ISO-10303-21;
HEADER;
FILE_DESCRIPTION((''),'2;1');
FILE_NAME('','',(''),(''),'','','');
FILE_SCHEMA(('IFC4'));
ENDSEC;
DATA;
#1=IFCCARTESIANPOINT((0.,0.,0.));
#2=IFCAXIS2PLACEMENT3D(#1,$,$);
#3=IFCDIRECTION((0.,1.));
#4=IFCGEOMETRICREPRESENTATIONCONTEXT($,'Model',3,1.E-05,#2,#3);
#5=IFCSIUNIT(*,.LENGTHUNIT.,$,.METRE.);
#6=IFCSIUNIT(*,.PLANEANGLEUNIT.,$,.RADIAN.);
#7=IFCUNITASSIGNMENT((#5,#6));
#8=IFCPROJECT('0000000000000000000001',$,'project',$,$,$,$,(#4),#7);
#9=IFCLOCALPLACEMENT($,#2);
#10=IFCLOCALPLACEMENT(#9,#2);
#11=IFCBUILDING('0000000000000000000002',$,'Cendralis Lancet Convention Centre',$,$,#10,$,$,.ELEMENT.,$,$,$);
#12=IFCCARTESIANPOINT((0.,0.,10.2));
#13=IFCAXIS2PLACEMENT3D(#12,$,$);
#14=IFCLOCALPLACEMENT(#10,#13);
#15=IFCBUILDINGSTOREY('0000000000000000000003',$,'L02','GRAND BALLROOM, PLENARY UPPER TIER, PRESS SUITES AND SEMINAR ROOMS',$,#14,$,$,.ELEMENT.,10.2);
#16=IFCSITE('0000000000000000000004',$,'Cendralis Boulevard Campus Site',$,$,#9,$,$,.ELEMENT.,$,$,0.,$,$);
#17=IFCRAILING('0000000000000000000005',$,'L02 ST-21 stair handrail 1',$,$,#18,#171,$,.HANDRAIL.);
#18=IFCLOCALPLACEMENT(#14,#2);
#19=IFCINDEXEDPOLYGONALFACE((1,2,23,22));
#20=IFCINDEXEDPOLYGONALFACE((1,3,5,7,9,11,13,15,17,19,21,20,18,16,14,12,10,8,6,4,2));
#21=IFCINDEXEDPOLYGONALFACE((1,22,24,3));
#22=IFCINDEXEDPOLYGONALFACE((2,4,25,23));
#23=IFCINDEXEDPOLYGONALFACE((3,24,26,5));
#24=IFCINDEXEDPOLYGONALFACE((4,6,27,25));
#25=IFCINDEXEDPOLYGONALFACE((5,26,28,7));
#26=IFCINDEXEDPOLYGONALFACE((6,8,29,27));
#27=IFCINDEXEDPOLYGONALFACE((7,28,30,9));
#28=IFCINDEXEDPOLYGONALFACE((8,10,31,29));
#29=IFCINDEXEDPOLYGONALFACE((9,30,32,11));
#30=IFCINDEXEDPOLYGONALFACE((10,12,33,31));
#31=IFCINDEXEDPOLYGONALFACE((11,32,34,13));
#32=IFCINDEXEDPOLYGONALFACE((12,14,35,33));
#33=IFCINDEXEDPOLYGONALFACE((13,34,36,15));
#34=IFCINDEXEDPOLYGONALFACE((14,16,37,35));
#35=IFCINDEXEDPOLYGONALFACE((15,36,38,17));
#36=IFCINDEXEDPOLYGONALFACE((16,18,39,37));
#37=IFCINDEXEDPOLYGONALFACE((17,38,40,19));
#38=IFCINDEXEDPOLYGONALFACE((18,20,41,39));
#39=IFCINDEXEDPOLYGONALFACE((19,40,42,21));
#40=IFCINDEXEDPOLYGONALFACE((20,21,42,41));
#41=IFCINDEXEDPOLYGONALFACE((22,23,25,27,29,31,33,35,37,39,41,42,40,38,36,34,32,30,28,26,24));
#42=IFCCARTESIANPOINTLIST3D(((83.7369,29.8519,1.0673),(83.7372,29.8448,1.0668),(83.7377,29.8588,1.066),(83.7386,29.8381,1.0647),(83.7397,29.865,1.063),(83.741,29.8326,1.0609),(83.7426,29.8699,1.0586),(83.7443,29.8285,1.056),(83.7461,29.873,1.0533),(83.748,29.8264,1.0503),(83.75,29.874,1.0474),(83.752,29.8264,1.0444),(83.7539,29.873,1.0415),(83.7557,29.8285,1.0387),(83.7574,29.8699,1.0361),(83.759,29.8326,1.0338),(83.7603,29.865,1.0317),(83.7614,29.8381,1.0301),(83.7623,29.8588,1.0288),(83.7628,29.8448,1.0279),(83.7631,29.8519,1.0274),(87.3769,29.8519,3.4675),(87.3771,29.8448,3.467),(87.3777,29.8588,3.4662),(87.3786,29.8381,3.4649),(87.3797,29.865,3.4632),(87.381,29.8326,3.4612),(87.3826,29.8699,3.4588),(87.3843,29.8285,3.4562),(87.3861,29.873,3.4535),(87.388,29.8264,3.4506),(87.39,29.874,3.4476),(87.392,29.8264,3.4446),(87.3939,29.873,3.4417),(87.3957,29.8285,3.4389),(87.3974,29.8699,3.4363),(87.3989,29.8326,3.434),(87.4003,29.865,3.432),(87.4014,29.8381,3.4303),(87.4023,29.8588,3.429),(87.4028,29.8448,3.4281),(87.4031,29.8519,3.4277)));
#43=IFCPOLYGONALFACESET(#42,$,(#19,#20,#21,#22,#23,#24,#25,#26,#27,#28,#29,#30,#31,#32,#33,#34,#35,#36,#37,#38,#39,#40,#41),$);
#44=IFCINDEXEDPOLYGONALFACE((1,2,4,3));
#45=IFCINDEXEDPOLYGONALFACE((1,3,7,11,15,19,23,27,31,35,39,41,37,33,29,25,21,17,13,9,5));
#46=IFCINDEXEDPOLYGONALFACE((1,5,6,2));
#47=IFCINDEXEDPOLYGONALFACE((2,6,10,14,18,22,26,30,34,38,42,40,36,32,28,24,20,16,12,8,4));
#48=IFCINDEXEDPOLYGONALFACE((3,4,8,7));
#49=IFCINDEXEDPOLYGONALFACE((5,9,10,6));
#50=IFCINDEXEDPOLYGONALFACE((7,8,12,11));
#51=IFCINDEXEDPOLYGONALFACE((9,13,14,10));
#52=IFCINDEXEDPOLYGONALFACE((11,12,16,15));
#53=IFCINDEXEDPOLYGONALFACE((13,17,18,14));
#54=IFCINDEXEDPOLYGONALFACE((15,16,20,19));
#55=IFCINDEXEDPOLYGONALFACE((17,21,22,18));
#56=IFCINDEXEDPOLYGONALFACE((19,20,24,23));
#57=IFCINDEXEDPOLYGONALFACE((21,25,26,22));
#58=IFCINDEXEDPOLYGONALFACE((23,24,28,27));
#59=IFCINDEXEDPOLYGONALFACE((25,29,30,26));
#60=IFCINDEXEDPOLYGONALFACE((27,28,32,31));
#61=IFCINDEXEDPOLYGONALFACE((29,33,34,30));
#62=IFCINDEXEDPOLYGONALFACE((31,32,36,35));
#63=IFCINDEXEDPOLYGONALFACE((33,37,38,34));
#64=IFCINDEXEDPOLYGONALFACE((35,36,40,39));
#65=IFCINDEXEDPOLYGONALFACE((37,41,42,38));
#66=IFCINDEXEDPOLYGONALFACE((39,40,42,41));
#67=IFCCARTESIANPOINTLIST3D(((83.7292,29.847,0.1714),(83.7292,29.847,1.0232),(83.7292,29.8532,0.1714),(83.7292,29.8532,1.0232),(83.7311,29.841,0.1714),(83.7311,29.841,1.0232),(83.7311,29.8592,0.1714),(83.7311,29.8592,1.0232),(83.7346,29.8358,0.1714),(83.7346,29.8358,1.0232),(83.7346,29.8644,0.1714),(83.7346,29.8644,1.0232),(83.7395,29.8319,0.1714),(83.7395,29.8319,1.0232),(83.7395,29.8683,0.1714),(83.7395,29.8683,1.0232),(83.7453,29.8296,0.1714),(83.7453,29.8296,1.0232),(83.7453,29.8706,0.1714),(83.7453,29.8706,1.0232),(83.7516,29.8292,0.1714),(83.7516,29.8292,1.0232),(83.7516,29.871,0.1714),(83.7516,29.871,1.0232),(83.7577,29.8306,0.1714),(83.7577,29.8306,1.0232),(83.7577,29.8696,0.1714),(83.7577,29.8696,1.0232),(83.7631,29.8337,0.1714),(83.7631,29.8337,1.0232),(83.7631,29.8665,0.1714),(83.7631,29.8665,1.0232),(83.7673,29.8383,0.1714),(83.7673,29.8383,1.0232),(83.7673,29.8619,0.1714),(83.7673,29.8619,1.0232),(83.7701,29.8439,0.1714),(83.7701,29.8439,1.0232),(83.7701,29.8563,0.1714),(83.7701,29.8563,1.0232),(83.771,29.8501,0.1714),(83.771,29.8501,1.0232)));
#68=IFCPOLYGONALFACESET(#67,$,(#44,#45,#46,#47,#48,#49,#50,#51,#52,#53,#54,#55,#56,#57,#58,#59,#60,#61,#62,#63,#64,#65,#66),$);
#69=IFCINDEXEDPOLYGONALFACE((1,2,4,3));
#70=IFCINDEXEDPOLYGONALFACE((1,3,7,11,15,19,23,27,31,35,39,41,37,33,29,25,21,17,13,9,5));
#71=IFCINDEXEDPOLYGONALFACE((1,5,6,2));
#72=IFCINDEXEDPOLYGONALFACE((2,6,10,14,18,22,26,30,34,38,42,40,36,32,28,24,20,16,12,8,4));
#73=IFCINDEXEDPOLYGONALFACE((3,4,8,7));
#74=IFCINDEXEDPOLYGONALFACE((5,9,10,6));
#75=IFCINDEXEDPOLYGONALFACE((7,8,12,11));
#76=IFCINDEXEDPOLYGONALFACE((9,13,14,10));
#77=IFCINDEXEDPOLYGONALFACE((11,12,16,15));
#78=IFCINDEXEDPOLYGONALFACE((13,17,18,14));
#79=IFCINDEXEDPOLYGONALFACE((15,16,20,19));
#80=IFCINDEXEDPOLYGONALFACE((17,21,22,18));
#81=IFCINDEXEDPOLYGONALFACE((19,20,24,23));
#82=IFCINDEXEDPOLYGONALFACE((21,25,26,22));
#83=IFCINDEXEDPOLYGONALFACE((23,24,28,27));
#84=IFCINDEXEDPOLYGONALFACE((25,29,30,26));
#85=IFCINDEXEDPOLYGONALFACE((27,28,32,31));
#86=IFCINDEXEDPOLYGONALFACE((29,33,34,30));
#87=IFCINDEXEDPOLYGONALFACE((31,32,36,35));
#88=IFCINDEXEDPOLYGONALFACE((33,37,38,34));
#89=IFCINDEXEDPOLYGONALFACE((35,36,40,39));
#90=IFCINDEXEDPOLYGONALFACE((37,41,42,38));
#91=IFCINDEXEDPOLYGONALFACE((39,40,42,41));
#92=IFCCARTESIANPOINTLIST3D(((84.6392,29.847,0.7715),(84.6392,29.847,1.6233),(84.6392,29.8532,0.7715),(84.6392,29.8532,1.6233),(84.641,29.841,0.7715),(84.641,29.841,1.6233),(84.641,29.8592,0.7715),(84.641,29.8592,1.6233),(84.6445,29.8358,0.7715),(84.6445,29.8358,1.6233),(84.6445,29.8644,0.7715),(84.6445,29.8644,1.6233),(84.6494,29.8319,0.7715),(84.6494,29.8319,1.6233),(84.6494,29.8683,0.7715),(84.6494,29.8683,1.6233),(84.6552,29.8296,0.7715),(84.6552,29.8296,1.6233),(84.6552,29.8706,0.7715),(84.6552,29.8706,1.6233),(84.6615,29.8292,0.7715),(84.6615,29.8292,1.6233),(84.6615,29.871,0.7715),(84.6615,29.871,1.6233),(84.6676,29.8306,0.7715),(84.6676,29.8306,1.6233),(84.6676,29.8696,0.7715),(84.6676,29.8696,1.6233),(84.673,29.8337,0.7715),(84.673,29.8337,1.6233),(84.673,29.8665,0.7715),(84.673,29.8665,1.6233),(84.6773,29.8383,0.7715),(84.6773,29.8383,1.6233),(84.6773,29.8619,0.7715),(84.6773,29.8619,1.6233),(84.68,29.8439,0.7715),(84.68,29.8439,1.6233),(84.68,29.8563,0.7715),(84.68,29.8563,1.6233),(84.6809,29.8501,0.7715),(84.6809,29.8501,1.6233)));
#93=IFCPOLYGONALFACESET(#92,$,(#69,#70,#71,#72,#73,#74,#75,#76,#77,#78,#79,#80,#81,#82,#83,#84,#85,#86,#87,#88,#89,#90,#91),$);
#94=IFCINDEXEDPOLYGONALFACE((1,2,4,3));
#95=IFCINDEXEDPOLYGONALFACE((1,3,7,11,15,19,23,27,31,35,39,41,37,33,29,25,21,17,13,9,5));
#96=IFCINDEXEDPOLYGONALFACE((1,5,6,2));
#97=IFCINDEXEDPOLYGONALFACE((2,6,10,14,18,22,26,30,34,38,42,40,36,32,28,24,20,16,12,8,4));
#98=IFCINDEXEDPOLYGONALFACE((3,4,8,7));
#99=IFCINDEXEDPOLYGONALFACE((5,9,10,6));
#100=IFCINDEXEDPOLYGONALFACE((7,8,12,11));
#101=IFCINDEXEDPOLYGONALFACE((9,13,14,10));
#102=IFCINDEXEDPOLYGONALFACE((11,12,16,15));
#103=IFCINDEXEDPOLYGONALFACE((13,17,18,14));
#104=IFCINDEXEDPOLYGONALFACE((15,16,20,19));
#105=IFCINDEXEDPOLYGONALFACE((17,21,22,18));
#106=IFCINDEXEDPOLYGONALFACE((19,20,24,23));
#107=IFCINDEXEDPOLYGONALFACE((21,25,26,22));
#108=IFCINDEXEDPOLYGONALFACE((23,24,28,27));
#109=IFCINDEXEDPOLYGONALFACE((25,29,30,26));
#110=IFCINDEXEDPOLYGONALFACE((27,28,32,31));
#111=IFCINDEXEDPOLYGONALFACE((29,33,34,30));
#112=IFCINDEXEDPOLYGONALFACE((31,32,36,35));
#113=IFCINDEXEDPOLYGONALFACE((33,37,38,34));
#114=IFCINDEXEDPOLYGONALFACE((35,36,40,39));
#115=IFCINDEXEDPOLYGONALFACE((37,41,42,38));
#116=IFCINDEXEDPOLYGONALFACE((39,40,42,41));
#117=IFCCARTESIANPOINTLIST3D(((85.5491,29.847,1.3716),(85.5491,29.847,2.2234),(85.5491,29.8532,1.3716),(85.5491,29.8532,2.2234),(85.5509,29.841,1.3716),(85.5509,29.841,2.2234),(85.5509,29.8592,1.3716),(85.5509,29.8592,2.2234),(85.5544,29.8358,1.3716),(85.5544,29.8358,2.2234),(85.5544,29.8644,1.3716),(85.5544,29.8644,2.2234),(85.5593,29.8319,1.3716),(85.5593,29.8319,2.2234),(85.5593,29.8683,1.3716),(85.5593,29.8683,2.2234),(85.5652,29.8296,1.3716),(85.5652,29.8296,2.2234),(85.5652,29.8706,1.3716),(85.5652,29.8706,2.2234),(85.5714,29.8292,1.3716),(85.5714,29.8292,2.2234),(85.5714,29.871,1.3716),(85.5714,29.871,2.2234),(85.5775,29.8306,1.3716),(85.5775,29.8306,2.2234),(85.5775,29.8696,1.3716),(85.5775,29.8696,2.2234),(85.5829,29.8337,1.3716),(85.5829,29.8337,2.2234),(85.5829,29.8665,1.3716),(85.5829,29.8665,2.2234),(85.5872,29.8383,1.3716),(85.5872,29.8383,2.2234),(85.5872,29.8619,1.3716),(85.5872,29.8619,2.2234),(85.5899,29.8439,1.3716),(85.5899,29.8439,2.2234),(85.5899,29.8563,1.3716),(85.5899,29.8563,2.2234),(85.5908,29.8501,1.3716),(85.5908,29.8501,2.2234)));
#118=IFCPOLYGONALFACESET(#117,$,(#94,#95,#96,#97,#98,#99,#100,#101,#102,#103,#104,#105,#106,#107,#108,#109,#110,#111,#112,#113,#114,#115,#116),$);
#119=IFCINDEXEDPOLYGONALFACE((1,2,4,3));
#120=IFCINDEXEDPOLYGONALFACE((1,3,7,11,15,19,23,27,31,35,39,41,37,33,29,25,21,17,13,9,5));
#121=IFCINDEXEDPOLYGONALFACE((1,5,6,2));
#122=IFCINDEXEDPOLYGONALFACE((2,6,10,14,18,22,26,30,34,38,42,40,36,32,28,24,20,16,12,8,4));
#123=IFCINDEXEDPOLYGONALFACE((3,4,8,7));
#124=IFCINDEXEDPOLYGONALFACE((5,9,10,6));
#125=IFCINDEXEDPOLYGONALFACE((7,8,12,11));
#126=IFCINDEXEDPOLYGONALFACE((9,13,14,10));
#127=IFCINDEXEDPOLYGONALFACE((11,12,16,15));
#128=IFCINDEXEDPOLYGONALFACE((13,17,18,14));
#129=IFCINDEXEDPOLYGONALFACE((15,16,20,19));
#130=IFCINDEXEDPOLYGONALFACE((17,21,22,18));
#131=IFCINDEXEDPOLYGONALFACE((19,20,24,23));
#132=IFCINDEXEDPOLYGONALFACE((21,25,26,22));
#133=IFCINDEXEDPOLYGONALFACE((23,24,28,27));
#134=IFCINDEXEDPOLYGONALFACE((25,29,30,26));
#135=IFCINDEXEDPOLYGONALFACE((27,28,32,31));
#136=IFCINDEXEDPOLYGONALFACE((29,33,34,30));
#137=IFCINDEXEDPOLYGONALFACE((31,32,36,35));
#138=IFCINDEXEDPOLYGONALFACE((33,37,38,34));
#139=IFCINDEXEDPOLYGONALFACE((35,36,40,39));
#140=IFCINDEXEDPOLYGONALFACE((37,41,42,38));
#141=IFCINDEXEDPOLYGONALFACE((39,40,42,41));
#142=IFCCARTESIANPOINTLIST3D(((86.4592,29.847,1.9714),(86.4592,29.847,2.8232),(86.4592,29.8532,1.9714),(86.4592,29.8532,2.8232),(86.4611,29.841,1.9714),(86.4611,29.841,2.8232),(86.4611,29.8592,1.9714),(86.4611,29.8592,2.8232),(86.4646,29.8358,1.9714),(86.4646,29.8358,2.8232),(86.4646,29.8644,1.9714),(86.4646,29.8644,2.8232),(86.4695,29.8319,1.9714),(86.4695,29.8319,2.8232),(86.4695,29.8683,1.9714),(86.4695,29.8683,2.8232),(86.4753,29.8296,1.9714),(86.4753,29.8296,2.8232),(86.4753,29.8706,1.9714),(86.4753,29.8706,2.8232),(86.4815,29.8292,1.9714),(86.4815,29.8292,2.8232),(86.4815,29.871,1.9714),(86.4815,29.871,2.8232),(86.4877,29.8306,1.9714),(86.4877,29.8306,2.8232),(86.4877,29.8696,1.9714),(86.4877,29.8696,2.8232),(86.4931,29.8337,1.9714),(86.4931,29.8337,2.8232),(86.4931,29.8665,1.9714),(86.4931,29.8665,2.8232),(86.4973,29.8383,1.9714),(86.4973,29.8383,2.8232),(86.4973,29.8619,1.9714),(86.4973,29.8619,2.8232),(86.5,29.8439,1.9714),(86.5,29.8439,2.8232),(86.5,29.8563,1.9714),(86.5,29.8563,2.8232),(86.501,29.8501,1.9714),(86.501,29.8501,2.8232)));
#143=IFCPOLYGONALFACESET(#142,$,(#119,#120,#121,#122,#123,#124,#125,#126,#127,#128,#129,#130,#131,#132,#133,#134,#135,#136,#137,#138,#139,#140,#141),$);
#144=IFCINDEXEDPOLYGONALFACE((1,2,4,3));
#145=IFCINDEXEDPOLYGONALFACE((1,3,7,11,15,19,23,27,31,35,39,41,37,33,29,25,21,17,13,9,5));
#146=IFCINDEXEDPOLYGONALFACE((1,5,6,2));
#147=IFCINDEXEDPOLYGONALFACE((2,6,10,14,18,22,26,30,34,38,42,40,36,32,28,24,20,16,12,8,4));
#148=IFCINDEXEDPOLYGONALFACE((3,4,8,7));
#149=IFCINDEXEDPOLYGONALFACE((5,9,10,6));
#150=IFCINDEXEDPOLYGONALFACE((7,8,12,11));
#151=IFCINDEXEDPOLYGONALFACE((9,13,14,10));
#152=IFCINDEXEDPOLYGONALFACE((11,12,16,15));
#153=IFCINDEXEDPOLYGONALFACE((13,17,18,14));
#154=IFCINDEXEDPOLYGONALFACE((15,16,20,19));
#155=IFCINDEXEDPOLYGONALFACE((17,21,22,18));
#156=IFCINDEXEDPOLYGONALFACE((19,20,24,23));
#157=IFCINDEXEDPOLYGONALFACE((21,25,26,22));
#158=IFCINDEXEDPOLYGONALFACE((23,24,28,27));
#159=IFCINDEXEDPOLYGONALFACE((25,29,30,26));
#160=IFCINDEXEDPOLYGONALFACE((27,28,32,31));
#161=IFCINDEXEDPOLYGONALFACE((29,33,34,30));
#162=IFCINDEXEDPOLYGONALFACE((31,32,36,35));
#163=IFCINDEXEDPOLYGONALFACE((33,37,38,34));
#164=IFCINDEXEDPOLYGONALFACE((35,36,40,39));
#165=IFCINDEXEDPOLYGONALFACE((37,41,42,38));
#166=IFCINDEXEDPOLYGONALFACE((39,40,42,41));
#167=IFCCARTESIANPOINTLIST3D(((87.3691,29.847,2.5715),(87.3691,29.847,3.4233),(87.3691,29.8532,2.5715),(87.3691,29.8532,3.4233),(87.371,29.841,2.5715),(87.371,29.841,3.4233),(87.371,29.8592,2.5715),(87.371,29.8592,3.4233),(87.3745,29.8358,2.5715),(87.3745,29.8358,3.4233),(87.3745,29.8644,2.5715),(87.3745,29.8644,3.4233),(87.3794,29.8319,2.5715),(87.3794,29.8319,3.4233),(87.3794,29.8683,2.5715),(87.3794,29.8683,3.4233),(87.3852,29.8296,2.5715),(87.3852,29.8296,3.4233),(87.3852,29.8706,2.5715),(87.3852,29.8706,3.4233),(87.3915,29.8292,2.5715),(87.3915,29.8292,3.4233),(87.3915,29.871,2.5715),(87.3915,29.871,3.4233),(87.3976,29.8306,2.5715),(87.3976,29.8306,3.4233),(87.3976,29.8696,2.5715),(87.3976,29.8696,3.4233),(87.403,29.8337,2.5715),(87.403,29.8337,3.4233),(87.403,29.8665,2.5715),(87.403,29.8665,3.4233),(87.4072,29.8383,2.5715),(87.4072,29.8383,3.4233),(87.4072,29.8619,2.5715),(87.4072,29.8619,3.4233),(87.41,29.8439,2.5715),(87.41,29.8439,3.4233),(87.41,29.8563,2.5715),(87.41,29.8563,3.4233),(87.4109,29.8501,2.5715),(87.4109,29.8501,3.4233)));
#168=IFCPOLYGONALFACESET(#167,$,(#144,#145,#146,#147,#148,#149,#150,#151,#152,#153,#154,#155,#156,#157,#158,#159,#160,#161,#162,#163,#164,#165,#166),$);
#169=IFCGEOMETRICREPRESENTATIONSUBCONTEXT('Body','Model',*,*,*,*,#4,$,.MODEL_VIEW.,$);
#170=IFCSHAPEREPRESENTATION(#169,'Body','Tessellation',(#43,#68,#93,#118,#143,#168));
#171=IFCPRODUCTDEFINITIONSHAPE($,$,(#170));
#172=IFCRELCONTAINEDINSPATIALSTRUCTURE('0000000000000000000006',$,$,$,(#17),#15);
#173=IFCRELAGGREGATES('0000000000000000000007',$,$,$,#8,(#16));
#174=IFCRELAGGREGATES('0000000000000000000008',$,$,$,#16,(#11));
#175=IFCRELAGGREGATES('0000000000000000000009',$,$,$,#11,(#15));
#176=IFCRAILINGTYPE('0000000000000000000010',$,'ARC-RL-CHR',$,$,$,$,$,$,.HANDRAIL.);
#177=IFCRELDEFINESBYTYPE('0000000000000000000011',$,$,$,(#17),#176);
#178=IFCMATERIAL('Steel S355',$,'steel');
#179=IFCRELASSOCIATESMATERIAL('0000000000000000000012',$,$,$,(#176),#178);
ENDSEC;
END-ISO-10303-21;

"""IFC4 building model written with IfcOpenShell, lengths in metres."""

from ifc_helpers import new_model, si_unit, direction, frame, origin, origin_2d, place, context, subcontext, project, spatial, circle, extrude, material, type_object, element, save


model = new_model("IFC4")

# Units and contexts
model_context = context("Model", 3, precision=1e-05, world=origin(), true_north=direction((0.0, 1.0)))
body_context = subcontext(model_context, "Body", "Model", "MODEL_VIEW")
ifc_project = project(units=[si_unit("LENGTHUNIT", "METRE"), si_unit("PLANEANGLEUNIT", "RADIAN")], contexts=[model_context])

# Site, building, storey
site_placement = place(None, origin())
site = spatial("IfcSite", under=ifc_project, at=site_placement, Name="Cendralis Boulevard Campus Site", CompositionType="ELEMENT", RefElevation=0.0)
building_placement = place(site_placement, origin())
building = spatial("IfcBuilding", under=site, at=building_placement, Name="Cendralis Lancet Convention Centre", CompositionType="ELEMENT")
storey_placement = place(building_placement, frame((0.0, 0.0, 10.2)))
storey = spatial("IfcBuildingStorey", under=building, at=storey_placement, Name="L02", Description="GRAND BALLROOM, PLENARY UPPER TIER, PRESS SUITES AND SEMINAR ROOMS", CompositionType="ELEMENT", Elevation=10.2)

# Shared definitions
ifc_material_1 = material(Name="Steel S355", Category="steel")

# Railing
railing_type_1 = type_object("IfcRailingType", Name="ARC-RL-CHR", PredefinedType="HANDRAIL", material=ifc_material_1)
railing_1_placement = place(storey_placement, frame((83.75, 29.8501, 0.1714)))
element("IfcRailing", 1, at=railing_1_placement, inside=storey, type_object=railing_type_1, Name="L02 ST-21 stair handrail 1", PredefinedType="HANDRAIL", context=body_context, shape_type="SweptSolid", body=[
    extrude(circle(Radius=0.0239, at=origin_2d()), frame((0.0, 0.0, 0.876), z_axis=(0.834839, 0.0, 0.550493), x_axis=(0.0, 1.0, 0.0)), (0.0, 0.0, 1.0), 4.3601),
    extrude(circle(Radius=0.021, at=origin_2d()), origin(), (0.0, 0.0, 1.0), 0.8518),
    extrude(circle(Radius=0.021, at=origin_2d()), frame((0.9099, 0.0, 0.6001)), (0.0, 0.0, 1.0), 0.8518),
    extrude(circle(Radius=0.021, at=origin_2d()), frame((1.8198, 0.0, 1.2002)), (0.0, 0.0, 1.0), 0.8518),
    extrude(circle(Radius=0.021, at=origin_2d()), frame((2.73, 0.0, 1.8)), (0.0, 0.0, 1.0), 0.8518),
    extrude(circle(Radius=0.021, at=origin_2d()), frame((3.6399, 0.0, 2.4001)), (0.0, 0.0, 1.0), 0.8518),
])

save(model, "model.ifc")
